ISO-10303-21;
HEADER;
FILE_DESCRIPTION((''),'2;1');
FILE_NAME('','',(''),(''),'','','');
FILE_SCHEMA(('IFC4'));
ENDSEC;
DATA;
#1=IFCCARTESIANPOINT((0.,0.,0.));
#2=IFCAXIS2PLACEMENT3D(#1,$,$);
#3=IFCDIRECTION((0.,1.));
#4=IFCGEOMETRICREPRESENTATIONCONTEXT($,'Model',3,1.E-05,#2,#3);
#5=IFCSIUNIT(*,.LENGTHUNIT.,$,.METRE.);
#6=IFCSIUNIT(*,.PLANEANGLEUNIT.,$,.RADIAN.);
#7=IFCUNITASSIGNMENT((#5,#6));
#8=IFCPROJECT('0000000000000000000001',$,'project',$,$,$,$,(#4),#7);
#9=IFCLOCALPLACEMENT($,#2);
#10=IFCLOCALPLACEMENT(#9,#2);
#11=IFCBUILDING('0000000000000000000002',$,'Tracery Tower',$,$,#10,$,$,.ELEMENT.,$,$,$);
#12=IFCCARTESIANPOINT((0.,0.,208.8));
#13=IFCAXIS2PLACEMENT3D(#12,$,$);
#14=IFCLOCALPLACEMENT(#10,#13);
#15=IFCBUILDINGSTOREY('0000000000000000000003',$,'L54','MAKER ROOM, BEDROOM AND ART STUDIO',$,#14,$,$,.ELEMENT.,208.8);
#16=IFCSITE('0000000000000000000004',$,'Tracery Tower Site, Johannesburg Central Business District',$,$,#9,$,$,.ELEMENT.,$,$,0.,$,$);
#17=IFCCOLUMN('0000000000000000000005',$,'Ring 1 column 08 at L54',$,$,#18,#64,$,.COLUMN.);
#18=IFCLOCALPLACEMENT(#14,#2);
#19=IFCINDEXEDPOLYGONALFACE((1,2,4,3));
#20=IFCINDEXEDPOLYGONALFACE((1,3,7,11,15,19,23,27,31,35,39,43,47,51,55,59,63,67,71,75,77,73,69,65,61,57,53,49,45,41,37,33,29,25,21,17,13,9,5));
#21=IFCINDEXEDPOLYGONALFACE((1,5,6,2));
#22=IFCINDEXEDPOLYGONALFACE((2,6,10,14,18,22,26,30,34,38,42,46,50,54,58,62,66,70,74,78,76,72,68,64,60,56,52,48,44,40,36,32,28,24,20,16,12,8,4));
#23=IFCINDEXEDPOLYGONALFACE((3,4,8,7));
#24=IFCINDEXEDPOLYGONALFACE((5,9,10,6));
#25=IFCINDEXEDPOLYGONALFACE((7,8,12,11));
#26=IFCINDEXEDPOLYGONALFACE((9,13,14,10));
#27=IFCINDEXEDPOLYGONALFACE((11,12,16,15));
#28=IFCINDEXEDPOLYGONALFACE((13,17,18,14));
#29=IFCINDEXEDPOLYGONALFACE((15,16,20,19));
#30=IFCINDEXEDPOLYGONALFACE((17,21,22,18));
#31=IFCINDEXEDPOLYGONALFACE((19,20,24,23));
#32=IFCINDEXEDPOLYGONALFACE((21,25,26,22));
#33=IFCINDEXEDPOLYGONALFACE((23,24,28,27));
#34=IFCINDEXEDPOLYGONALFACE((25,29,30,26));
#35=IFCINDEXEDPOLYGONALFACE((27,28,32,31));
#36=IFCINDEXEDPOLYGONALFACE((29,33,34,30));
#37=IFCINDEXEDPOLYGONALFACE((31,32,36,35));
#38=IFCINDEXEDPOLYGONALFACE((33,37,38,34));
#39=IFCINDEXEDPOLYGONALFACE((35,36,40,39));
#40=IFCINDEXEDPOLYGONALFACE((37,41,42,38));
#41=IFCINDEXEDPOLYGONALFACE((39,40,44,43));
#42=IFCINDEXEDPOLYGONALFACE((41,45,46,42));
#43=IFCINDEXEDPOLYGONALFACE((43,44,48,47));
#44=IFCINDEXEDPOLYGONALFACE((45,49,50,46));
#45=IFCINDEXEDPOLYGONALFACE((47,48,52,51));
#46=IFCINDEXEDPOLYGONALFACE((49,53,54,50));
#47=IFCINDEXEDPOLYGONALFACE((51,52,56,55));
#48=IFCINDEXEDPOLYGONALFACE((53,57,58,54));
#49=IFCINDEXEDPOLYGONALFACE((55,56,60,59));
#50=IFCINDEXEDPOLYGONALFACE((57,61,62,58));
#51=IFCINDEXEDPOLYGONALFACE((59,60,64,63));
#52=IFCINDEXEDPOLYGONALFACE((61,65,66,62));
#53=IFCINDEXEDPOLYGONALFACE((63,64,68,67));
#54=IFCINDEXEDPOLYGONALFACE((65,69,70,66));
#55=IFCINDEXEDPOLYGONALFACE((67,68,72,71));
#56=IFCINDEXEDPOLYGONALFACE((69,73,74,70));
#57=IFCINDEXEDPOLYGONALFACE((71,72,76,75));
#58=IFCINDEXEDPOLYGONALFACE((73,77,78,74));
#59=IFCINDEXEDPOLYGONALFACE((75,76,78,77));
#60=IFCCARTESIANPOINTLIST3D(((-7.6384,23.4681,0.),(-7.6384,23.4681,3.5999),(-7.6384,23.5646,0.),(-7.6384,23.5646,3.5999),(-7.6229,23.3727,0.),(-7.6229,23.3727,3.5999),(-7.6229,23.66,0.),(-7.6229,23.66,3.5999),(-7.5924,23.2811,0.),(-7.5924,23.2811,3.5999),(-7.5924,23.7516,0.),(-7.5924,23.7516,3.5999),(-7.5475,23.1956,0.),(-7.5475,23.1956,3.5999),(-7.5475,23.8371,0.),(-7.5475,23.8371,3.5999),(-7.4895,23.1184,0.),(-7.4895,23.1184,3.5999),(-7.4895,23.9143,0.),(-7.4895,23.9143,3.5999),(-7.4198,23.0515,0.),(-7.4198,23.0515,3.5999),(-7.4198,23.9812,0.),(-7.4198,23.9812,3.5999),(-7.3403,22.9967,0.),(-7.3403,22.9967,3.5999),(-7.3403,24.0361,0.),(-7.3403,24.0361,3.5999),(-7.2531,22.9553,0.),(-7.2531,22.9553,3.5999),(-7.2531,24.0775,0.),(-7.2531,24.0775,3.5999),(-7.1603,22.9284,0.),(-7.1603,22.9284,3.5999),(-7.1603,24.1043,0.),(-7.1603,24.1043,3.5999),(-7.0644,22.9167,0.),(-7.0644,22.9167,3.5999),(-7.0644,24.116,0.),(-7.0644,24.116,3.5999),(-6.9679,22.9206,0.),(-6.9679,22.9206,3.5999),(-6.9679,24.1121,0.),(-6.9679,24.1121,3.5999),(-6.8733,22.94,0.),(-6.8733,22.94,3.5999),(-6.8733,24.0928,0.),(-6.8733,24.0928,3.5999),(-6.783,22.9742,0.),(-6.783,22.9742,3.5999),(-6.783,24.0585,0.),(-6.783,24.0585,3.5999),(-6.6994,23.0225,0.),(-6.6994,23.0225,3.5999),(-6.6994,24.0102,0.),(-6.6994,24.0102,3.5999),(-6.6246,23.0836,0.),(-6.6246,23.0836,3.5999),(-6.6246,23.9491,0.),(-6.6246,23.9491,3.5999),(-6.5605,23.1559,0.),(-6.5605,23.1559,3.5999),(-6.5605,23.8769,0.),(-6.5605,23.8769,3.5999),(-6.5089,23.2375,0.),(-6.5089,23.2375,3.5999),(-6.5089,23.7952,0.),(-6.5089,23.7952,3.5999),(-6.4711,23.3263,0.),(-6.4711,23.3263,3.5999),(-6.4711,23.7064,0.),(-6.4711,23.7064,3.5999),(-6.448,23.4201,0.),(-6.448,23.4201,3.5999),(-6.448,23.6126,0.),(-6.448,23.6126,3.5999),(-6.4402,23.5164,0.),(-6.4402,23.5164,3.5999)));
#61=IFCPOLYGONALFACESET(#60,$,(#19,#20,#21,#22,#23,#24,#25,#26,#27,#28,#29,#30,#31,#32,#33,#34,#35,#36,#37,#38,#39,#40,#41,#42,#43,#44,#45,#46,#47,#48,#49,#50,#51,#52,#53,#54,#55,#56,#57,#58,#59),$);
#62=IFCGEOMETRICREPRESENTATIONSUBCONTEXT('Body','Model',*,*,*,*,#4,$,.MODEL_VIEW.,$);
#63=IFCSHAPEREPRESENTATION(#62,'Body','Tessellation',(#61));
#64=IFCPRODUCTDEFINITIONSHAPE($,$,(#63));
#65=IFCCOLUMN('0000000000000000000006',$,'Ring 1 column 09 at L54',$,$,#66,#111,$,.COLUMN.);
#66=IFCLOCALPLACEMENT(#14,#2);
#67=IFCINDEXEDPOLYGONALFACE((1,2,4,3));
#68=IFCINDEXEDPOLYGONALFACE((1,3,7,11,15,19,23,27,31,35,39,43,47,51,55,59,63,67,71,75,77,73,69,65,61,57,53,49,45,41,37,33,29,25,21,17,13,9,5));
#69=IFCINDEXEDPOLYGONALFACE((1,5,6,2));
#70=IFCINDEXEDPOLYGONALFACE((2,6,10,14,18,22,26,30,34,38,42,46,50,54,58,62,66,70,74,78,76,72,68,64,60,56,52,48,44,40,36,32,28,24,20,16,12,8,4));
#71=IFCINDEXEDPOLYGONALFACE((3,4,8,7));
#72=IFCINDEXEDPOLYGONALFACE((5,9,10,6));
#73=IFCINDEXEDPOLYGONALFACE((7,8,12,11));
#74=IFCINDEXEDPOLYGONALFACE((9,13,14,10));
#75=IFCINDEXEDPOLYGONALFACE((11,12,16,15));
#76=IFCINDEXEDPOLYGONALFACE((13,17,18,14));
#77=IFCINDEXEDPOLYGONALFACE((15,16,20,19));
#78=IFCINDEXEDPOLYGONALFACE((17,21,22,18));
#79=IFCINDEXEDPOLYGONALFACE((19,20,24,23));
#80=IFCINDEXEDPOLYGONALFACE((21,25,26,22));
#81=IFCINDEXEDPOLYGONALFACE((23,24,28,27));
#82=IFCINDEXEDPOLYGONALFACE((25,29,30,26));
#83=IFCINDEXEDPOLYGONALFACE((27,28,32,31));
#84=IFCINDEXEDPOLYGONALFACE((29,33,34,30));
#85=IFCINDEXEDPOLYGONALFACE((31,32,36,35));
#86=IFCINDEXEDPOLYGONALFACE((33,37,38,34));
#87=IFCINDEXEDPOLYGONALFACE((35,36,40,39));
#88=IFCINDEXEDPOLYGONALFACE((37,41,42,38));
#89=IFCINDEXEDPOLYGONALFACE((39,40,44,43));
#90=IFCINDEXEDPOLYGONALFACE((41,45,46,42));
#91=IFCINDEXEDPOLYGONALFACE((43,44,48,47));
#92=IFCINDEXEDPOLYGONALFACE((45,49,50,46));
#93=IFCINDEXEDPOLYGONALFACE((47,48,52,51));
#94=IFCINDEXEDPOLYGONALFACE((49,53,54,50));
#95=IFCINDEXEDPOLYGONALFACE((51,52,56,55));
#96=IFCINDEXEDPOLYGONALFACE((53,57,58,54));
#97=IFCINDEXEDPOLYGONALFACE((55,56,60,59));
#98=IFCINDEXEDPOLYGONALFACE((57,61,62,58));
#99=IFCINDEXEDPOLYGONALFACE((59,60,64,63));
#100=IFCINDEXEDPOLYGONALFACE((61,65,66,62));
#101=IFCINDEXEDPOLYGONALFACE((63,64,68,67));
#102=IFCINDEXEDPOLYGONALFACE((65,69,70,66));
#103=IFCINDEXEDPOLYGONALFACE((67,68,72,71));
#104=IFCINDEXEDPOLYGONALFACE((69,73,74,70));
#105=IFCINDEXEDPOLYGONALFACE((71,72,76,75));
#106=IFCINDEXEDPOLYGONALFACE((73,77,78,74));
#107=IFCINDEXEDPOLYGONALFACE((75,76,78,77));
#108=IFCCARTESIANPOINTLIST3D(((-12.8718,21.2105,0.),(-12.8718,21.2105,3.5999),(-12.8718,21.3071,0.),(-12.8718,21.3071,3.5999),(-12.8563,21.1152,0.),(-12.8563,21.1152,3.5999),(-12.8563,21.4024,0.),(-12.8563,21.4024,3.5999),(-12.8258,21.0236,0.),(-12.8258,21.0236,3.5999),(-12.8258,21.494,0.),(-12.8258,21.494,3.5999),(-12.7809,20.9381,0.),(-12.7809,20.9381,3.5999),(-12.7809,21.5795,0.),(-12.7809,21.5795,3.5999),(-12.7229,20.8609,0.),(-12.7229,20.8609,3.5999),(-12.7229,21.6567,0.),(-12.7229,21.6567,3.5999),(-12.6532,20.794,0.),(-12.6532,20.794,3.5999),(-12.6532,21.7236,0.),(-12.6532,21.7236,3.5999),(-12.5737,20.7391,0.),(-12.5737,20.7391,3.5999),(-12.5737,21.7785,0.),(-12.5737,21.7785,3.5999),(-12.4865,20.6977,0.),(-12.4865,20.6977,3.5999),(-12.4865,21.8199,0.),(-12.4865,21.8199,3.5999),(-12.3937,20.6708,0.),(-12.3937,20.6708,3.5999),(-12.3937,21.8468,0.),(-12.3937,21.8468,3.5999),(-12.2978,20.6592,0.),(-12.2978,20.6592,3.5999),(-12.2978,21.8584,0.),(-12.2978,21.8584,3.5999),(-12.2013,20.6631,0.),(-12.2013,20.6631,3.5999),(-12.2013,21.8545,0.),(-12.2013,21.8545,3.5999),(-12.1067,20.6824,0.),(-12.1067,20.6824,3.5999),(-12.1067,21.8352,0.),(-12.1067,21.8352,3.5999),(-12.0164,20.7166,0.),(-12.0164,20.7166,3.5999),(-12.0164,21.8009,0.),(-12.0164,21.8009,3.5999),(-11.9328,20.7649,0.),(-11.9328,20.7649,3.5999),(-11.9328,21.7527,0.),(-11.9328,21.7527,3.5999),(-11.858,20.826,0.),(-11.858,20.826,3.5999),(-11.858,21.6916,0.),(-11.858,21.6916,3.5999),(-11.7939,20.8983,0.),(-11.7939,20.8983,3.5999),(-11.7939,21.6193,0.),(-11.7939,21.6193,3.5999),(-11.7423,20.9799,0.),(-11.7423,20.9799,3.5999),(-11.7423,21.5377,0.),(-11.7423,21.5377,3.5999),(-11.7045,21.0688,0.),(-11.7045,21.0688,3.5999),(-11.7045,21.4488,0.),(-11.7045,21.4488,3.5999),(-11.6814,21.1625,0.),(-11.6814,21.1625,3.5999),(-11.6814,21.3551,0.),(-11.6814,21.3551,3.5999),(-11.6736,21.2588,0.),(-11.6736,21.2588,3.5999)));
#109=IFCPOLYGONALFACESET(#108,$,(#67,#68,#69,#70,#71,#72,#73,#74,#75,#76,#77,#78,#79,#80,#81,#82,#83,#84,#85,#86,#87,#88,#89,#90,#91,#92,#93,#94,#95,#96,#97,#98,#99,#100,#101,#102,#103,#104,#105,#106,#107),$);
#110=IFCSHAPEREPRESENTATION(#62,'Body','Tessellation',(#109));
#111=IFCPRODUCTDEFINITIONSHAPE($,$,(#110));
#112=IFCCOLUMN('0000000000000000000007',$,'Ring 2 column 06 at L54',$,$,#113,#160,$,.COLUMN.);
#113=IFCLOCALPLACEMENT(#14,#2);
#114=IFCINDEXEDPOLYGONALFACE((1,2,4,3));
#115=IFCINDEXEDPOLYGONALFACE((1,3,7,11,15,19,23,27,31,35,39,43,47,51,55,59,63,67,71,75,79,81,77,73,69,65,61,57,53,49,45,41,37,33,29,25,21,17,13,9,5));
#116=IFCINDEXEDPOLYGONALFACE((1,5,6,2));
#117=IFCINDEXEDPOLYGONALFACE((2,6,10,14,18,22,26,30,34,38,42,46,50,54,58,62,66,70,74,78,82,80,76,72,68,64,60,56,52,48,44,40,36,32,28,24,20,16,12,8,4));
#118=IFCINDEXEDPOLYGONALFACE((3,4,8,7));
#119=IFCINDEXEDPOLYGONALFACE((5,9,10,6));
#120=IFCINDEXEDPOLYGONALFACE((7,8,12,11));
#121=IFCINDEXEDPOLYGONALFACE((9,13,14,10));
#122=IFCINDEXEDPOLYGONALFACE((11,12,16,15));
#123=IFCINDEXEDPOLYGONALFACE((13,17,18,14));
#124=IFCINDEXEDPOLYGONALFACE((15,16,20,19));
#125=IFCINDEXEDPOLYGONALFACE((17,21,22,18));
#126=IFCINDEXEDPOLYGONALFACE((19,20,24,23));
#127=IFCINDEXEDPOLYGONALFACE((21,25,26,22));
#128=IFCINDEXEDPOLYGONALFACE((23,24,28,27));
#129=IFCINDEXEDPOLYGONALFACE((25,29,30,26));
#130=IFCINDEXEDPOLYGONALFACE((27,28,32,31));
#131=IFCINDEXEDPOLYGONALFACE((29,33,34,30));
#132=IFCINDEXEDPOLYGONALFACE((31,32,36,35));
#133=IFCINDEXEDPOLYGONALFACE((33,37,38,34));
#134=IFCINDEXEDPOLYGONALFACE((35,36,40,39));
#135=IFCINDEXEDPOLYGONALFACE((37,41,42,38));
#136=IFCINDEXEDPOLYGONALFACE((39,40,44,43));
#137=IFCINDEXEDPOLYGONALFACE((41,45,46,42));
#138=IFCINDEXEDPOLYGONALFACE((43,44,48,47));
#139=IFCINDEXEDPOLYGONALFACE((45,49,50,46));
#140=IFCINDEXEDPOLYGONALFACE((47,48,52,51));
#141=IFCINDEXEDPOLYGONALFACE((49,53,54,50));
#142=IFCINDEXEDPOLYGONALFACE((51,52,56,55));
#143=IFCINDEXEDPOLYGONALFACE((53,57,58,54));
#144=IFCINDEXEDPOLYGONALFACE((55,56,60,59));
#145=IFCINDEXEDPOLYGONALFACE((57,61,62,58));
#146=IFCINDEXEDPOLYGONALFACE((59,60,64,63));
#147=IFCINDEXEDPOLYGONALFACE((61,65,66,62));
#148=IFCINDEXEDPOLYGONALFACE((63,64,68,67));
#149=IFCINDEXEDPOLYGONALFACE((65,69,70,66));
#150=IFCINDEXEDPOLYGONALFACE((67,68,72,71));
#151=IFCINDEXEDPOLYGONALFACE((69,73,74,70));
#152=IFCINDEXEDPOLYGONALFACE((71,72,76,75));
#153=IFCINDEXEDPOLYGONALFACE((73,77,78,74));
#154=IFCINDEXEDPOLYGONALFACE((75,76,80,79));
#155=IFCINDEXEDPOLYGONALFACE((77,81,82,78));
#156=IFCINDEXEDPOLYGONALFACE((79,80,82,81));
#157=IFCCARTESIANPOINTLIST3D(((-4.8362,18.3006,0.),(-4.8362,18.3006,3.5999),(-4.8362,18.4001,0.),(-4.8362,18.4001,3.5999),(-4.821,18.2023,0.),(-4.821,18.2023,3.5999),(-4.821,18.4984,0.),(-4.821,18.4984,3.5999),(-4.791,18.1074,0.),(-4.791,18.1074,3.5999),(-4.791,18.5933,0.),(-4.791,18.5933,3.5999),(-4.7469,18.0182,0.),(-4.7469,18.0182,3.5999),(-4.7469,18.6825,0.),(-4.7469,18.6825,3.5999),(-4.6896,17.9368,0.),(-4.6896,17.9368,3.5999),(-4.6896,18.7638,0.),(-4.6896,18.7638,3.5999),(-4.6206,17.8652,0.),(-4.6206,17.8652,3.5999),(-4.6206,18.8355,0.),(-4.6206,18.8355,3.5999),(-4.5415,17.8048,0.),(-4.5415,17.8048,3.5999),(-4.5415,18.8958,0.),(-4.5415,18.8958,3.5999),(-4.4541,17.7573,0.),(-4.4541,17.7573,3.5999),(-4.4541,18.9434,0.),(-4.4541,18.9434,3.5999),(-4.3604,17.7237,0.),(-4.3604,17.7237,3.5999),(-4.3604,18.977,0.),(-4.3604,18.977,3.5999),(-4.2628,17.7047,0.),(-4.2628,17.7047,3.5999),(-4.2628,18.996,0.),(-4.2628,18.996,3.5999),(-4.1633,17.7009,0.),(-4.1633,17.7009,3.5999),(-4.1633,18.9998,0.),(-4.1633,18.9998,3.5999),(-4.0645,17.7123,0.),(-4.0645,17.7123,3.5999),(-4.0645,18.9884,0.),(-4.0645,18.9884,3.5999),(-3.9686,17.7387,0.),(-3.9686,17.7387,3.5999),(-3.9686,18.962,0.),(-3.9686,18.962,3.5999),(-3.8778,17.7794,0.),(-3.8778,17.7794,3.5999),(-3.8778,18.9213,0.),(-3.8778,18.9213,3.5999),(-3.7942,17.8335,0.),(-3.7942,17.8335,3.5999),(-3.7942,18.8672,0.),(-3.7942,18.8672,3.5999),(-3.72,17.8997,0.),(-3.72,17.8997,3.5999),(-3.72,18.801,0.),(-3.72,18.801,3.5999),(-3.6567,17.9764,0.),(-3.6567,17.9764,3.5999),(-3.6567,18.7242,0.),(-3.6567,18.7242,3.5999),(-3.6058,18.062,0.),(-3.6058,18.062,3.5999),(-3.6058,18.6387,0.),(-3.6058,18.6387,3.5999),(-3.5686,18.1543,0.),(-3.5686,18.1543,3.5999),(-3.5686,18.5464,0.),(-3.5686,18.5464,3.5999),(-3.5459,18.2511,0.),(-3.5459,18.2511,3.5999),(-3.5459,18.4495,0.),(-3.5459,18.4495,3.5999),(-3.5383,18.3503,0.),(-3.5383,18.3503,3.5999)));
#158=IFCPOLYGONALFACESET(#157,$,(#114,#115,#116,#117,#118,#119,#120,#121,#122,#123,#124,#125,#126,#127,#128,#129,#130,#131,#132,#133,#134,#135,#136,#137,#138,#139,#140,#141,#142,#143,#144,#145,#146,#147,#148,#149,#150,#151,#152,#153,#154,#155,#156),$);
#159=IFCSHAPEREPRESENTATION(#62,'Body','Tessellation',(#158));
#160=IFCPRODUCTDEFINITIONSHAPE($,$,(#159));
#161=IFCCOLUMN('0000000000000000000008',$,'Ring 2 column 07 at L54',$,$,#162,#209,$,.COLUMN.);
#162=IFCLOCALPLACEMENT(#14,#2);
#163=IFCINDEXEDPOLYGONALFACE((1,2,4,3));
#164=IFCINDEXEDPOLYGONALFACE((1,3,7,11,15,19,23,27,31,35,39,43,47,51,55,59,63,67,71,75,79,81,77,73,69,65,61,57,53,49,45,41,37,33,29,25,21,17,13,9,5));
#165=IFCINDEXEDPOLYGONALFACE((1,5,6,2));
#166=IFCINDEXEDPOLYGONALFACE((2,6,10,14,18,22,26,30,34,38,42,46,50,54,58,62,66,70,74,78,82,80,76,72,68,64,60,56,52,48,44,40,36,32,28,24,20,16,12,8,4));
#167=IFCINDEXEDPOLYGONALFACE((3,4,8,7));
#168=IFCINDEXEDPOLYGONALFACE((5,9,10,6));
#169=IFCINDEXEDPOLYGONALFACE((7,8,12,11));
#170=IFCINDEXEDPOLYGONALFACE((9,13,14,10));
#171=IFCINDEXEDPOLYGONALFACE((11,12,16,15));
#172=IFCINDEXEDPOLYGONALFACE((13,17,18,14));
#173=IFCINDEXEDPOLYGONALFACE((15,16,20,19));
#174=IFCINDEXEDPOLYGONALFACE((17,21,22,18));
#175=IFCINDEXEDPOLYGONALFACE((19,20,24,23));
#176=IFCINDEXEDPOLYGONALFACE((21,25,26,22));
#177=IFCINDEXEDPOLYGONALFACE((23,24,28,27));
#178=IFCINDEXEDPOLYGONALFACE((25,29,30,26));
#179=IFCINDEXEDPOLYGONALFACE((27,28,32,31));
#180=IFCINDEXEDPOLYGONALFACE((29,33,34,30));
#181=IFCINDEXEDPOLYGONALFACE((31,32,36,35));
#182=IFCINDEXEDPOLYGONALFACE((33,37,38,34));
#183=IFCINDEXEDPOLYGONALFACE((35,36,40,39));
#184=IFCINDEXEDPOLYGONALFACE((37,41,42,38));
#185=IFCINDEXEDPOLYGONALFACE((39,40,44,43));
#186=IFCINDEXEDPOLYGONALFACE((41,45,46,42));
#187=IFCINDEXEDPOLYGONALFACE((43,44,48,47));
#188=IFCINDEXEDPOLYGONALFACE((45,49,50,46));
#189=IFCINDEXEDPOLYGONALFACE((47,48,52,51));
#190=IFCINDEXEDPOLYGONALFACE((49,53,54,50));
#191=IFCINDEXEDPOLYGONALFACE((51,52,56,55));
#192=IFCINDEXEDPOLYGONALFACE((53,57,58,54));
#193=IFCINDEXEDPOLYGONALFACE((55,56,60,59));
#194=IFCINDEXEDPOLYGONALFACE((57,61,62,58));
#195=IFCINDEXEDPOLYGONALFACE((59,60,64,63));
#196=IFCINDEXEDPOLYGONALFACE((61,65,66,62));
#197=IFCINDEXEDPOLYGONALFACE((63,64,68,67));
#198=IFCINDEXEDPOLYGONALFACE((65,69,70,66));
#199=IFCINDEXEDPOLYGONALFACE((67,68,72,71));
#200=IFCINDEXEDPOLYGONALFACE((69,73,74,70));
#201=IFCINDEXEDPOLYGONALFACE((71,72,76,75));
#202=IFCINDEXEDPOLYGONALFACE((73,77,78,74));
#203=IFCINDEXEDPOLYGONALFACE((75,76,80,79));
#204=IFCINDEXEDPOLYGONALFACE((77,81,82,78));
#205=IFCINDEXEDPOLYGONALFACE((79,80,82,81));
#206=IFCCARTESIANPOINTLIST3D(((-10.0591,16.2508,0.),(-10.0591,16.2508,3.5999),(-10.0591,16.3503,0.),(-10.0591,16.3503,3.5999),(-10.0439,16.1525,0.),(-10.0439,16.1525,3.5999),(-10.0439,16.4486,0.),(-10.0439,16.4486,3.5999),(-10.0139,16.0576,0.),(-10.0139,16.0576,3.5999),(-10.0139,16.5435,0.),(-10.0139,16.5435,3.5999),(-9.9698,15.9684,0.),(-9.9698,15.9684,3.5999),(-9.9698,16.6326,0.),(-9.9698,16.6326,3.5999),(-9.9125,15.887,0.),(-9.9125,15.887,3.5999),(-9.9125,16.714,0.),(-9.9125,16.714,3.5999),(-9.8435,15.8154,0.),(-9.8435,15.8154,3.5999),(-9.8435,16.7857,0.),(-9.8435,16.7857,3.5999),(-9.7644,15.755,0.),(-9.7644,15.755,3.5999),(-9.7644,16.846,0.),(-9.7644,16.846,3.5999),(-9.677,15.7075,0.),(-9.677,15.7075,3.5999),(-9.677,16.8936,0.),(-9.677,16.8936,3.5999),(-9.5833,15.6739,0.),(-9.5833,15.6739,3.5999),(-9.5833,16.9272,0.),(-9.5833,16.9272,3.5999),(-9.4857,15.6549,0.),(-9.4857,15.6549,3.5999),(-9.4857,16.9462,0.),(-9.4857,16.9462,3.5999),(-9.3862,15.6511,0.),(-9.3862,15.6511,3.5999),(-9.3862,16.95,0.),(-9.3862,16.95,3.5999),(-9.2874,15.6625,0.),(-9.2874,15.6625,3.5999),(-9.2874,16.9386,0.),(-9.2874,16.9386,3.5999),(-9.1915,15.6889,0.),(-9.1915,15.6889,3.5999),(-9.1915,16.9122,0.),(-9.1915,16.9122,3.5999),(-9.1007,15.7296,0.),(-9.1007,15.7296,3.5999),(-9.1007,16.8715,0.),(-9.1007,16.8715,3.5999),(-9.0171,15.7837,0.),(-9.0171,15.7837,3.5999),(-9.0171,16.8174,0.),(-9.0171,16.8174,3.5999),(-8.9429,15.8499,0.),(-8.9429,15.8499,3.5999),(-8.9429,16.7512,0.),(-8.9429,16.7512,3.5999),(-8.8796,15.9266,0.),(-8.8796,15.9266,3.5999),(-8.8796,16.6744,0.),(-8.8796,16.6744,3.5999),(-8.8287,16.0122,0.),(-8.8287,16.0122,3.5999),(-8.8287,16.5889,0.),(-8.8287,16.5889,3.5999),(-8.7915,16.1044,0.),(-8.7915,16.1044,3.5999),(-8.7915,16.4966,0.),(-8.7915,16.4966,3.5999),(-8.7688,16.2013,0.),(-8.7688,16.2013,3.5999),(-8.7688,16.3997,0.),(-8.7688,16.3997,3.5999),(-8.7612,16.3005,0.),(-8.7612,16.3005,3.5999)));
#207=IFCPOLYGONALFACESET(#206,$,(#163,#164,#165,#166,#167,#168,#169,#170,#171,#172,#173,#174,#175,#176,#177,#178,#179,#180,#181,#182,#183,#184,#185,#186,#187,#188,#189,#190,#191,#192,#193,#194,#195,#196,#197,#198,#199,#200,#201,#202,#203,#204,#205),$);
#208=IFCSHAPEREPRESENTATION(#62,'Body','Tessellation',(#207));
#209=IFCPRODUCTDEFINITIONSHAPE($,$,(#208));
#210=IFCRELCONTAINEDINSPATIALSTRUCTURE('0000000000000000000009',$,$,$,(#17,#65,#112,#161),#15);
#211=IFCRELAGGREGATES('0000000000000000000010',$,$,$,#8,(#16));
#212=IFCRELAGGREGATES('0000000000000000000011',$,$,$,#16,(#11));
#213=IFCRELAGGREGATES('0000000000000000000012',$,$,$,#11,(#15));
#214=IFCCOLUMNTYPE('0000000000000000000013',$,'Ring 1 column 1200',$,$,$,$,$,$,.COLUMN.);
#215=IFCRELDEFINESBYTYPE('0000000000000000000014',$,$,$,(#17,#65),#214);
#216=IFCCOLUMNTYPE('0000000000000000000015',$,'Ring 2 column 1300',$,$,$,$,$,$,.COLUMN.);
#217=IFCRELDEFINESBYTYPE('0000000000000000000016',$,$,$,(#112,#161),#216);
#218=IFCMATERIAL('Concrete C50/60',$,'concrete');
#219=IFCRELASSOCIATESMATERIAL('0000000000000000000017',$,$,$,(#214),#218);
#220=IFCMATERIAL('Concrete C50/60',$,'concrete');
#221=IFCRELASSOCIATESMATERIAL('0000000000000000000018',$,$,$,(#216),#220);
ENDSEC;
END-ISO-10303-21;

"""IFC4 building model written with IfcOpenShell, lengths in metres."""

from ifc_helpers import new_model, si_unit, direction, frame, origin, origin_2d, place, context, subcontext, project, spatial, circle, extrude, material, material_profile, profile_set, type_object, element, save


model = new_model("IFC4")

# Units and contexts
model_context = context("Model", 3, precision=1e-05, world=origin(), true_north=direction((0.0, 1.0)))
body_context = subcontext(model_context, "Body", "Model", "MODEL_VIEW")
ifc_project = project(units=[si_unit("LENGTHUNIT", "METRE"), si_unit("PLANEANGLEUNIT", "RADIAN")], contexts=[model_context])

# Site, building, storey
site_placement = place(None, origin())
site = spatial("IfcSite", under=ifc_project, at=site_placement, Name="Tracery Tower Site, Johannesburg Central Business District", CompositionType="ELEMENT", RefElevation=0.0)
building_placement = place(site_placement, origin())
building = spatial("IfcBuilding", under=site, at=building_placement, Name="Tracery Tower", CompositionType="ELEMENT")
storey_placement = place(building_placement, frame((0.0, 0.0, 208.8)))
storey = spatial("IfcBuildingStorey", under=building, at=storey_placement, Name="L54", Description="MAKER ROOM, BEDROOM AND ART STUDIO", CompositionType="ELEMENT", Elevation=208.8)

# Columns
ifc_material_1 = material(Name="Concrete C50/60", Category="concrete")
ifc_material_profile_1 = material_profile(ifc_material_1, circle(Radius=0.6001, at=origin_2d()), Name="RC D1200")
ifc_profile_set_1 = profile_set([ifc_material_profile_1], Name="Concrete C50/60")
column_type_1 = type_object("IfcColumnType", Name="Ring 1 column 1200", PredefinedType="COLUMN", material=ifc_profile_set_1)
for number, where, z_axis, x_axis, name in (
    (1, (-7.0403, 23.5164, 0.0), (0.0, 0.0, 1.0), (1.0, 0.0, 0.0), "Ring 1 column 08 at L54"),
    (2, (-12.2737, 21.2588, 0.0), (0.0, 0.0, 1.0), (1.0, 0.0, 0.0), "Ring 1 column 09 at L54"),
):
    element("IfcColumn", number, at=place(storey_placement, frame(where, z_axis=z_axis, x_axis=x_axis)), inside=storey, type_object=column_type_1, Name=name, PredefinedType="COLUMN", context=body_context, shape_type="SweptSolid", body=[
        extrude(circle(Radius=0.6001, at=origin_2d()), origin(), (0.0, 0.0, 1.0), 3.5999),
    ])
ifc_material_2 = material(Name="Concrete C50/60", Category="concrete")
ifc_material_profile_2 = material_profile(ifc_material_2, circle(Radius=0.6499, at=origin_2d()), Name="RC D1300")
ifc_profile_set_2 = profile_set([ifc_material_profile_2], Name="Concrete C50/60")
column_type_2 = type_object("IfcColumnType", Name="Ring 2 column 1300", PredefinedType="COLUMN", material=ifc_profile_set_2)
for number, where, z_axis, x_axis, name in (
    (3, (-4.1882, 18.3503, 0.0), (0.0, 0.0, 1.0), (1.0, 0.0, 0.0), "Ring 2 column 06 at L54"),
    (4, (-9.4111, 16.3005, 0.0), (0.0, 0.0, 1.0), (1.0, 0.0, 0.0), "Ring 2 column 07 at L54"),
):
    element("IfcColumn", number, at=place(storey_placement, frame(where, z_axis=z_axis, x_axis=x_axis)), inside=storey, type_object=column_type_2, Name=name, PredefinedType="COLUMN", context=body_context, shape_type="SweptSolid", body=[
        extrude(circle(Radius=0.6499, at=origin_2d()), origin(), (0.0, 0.0, 1.0), 3.5999),
    ])

save(model, "model.ifc")
